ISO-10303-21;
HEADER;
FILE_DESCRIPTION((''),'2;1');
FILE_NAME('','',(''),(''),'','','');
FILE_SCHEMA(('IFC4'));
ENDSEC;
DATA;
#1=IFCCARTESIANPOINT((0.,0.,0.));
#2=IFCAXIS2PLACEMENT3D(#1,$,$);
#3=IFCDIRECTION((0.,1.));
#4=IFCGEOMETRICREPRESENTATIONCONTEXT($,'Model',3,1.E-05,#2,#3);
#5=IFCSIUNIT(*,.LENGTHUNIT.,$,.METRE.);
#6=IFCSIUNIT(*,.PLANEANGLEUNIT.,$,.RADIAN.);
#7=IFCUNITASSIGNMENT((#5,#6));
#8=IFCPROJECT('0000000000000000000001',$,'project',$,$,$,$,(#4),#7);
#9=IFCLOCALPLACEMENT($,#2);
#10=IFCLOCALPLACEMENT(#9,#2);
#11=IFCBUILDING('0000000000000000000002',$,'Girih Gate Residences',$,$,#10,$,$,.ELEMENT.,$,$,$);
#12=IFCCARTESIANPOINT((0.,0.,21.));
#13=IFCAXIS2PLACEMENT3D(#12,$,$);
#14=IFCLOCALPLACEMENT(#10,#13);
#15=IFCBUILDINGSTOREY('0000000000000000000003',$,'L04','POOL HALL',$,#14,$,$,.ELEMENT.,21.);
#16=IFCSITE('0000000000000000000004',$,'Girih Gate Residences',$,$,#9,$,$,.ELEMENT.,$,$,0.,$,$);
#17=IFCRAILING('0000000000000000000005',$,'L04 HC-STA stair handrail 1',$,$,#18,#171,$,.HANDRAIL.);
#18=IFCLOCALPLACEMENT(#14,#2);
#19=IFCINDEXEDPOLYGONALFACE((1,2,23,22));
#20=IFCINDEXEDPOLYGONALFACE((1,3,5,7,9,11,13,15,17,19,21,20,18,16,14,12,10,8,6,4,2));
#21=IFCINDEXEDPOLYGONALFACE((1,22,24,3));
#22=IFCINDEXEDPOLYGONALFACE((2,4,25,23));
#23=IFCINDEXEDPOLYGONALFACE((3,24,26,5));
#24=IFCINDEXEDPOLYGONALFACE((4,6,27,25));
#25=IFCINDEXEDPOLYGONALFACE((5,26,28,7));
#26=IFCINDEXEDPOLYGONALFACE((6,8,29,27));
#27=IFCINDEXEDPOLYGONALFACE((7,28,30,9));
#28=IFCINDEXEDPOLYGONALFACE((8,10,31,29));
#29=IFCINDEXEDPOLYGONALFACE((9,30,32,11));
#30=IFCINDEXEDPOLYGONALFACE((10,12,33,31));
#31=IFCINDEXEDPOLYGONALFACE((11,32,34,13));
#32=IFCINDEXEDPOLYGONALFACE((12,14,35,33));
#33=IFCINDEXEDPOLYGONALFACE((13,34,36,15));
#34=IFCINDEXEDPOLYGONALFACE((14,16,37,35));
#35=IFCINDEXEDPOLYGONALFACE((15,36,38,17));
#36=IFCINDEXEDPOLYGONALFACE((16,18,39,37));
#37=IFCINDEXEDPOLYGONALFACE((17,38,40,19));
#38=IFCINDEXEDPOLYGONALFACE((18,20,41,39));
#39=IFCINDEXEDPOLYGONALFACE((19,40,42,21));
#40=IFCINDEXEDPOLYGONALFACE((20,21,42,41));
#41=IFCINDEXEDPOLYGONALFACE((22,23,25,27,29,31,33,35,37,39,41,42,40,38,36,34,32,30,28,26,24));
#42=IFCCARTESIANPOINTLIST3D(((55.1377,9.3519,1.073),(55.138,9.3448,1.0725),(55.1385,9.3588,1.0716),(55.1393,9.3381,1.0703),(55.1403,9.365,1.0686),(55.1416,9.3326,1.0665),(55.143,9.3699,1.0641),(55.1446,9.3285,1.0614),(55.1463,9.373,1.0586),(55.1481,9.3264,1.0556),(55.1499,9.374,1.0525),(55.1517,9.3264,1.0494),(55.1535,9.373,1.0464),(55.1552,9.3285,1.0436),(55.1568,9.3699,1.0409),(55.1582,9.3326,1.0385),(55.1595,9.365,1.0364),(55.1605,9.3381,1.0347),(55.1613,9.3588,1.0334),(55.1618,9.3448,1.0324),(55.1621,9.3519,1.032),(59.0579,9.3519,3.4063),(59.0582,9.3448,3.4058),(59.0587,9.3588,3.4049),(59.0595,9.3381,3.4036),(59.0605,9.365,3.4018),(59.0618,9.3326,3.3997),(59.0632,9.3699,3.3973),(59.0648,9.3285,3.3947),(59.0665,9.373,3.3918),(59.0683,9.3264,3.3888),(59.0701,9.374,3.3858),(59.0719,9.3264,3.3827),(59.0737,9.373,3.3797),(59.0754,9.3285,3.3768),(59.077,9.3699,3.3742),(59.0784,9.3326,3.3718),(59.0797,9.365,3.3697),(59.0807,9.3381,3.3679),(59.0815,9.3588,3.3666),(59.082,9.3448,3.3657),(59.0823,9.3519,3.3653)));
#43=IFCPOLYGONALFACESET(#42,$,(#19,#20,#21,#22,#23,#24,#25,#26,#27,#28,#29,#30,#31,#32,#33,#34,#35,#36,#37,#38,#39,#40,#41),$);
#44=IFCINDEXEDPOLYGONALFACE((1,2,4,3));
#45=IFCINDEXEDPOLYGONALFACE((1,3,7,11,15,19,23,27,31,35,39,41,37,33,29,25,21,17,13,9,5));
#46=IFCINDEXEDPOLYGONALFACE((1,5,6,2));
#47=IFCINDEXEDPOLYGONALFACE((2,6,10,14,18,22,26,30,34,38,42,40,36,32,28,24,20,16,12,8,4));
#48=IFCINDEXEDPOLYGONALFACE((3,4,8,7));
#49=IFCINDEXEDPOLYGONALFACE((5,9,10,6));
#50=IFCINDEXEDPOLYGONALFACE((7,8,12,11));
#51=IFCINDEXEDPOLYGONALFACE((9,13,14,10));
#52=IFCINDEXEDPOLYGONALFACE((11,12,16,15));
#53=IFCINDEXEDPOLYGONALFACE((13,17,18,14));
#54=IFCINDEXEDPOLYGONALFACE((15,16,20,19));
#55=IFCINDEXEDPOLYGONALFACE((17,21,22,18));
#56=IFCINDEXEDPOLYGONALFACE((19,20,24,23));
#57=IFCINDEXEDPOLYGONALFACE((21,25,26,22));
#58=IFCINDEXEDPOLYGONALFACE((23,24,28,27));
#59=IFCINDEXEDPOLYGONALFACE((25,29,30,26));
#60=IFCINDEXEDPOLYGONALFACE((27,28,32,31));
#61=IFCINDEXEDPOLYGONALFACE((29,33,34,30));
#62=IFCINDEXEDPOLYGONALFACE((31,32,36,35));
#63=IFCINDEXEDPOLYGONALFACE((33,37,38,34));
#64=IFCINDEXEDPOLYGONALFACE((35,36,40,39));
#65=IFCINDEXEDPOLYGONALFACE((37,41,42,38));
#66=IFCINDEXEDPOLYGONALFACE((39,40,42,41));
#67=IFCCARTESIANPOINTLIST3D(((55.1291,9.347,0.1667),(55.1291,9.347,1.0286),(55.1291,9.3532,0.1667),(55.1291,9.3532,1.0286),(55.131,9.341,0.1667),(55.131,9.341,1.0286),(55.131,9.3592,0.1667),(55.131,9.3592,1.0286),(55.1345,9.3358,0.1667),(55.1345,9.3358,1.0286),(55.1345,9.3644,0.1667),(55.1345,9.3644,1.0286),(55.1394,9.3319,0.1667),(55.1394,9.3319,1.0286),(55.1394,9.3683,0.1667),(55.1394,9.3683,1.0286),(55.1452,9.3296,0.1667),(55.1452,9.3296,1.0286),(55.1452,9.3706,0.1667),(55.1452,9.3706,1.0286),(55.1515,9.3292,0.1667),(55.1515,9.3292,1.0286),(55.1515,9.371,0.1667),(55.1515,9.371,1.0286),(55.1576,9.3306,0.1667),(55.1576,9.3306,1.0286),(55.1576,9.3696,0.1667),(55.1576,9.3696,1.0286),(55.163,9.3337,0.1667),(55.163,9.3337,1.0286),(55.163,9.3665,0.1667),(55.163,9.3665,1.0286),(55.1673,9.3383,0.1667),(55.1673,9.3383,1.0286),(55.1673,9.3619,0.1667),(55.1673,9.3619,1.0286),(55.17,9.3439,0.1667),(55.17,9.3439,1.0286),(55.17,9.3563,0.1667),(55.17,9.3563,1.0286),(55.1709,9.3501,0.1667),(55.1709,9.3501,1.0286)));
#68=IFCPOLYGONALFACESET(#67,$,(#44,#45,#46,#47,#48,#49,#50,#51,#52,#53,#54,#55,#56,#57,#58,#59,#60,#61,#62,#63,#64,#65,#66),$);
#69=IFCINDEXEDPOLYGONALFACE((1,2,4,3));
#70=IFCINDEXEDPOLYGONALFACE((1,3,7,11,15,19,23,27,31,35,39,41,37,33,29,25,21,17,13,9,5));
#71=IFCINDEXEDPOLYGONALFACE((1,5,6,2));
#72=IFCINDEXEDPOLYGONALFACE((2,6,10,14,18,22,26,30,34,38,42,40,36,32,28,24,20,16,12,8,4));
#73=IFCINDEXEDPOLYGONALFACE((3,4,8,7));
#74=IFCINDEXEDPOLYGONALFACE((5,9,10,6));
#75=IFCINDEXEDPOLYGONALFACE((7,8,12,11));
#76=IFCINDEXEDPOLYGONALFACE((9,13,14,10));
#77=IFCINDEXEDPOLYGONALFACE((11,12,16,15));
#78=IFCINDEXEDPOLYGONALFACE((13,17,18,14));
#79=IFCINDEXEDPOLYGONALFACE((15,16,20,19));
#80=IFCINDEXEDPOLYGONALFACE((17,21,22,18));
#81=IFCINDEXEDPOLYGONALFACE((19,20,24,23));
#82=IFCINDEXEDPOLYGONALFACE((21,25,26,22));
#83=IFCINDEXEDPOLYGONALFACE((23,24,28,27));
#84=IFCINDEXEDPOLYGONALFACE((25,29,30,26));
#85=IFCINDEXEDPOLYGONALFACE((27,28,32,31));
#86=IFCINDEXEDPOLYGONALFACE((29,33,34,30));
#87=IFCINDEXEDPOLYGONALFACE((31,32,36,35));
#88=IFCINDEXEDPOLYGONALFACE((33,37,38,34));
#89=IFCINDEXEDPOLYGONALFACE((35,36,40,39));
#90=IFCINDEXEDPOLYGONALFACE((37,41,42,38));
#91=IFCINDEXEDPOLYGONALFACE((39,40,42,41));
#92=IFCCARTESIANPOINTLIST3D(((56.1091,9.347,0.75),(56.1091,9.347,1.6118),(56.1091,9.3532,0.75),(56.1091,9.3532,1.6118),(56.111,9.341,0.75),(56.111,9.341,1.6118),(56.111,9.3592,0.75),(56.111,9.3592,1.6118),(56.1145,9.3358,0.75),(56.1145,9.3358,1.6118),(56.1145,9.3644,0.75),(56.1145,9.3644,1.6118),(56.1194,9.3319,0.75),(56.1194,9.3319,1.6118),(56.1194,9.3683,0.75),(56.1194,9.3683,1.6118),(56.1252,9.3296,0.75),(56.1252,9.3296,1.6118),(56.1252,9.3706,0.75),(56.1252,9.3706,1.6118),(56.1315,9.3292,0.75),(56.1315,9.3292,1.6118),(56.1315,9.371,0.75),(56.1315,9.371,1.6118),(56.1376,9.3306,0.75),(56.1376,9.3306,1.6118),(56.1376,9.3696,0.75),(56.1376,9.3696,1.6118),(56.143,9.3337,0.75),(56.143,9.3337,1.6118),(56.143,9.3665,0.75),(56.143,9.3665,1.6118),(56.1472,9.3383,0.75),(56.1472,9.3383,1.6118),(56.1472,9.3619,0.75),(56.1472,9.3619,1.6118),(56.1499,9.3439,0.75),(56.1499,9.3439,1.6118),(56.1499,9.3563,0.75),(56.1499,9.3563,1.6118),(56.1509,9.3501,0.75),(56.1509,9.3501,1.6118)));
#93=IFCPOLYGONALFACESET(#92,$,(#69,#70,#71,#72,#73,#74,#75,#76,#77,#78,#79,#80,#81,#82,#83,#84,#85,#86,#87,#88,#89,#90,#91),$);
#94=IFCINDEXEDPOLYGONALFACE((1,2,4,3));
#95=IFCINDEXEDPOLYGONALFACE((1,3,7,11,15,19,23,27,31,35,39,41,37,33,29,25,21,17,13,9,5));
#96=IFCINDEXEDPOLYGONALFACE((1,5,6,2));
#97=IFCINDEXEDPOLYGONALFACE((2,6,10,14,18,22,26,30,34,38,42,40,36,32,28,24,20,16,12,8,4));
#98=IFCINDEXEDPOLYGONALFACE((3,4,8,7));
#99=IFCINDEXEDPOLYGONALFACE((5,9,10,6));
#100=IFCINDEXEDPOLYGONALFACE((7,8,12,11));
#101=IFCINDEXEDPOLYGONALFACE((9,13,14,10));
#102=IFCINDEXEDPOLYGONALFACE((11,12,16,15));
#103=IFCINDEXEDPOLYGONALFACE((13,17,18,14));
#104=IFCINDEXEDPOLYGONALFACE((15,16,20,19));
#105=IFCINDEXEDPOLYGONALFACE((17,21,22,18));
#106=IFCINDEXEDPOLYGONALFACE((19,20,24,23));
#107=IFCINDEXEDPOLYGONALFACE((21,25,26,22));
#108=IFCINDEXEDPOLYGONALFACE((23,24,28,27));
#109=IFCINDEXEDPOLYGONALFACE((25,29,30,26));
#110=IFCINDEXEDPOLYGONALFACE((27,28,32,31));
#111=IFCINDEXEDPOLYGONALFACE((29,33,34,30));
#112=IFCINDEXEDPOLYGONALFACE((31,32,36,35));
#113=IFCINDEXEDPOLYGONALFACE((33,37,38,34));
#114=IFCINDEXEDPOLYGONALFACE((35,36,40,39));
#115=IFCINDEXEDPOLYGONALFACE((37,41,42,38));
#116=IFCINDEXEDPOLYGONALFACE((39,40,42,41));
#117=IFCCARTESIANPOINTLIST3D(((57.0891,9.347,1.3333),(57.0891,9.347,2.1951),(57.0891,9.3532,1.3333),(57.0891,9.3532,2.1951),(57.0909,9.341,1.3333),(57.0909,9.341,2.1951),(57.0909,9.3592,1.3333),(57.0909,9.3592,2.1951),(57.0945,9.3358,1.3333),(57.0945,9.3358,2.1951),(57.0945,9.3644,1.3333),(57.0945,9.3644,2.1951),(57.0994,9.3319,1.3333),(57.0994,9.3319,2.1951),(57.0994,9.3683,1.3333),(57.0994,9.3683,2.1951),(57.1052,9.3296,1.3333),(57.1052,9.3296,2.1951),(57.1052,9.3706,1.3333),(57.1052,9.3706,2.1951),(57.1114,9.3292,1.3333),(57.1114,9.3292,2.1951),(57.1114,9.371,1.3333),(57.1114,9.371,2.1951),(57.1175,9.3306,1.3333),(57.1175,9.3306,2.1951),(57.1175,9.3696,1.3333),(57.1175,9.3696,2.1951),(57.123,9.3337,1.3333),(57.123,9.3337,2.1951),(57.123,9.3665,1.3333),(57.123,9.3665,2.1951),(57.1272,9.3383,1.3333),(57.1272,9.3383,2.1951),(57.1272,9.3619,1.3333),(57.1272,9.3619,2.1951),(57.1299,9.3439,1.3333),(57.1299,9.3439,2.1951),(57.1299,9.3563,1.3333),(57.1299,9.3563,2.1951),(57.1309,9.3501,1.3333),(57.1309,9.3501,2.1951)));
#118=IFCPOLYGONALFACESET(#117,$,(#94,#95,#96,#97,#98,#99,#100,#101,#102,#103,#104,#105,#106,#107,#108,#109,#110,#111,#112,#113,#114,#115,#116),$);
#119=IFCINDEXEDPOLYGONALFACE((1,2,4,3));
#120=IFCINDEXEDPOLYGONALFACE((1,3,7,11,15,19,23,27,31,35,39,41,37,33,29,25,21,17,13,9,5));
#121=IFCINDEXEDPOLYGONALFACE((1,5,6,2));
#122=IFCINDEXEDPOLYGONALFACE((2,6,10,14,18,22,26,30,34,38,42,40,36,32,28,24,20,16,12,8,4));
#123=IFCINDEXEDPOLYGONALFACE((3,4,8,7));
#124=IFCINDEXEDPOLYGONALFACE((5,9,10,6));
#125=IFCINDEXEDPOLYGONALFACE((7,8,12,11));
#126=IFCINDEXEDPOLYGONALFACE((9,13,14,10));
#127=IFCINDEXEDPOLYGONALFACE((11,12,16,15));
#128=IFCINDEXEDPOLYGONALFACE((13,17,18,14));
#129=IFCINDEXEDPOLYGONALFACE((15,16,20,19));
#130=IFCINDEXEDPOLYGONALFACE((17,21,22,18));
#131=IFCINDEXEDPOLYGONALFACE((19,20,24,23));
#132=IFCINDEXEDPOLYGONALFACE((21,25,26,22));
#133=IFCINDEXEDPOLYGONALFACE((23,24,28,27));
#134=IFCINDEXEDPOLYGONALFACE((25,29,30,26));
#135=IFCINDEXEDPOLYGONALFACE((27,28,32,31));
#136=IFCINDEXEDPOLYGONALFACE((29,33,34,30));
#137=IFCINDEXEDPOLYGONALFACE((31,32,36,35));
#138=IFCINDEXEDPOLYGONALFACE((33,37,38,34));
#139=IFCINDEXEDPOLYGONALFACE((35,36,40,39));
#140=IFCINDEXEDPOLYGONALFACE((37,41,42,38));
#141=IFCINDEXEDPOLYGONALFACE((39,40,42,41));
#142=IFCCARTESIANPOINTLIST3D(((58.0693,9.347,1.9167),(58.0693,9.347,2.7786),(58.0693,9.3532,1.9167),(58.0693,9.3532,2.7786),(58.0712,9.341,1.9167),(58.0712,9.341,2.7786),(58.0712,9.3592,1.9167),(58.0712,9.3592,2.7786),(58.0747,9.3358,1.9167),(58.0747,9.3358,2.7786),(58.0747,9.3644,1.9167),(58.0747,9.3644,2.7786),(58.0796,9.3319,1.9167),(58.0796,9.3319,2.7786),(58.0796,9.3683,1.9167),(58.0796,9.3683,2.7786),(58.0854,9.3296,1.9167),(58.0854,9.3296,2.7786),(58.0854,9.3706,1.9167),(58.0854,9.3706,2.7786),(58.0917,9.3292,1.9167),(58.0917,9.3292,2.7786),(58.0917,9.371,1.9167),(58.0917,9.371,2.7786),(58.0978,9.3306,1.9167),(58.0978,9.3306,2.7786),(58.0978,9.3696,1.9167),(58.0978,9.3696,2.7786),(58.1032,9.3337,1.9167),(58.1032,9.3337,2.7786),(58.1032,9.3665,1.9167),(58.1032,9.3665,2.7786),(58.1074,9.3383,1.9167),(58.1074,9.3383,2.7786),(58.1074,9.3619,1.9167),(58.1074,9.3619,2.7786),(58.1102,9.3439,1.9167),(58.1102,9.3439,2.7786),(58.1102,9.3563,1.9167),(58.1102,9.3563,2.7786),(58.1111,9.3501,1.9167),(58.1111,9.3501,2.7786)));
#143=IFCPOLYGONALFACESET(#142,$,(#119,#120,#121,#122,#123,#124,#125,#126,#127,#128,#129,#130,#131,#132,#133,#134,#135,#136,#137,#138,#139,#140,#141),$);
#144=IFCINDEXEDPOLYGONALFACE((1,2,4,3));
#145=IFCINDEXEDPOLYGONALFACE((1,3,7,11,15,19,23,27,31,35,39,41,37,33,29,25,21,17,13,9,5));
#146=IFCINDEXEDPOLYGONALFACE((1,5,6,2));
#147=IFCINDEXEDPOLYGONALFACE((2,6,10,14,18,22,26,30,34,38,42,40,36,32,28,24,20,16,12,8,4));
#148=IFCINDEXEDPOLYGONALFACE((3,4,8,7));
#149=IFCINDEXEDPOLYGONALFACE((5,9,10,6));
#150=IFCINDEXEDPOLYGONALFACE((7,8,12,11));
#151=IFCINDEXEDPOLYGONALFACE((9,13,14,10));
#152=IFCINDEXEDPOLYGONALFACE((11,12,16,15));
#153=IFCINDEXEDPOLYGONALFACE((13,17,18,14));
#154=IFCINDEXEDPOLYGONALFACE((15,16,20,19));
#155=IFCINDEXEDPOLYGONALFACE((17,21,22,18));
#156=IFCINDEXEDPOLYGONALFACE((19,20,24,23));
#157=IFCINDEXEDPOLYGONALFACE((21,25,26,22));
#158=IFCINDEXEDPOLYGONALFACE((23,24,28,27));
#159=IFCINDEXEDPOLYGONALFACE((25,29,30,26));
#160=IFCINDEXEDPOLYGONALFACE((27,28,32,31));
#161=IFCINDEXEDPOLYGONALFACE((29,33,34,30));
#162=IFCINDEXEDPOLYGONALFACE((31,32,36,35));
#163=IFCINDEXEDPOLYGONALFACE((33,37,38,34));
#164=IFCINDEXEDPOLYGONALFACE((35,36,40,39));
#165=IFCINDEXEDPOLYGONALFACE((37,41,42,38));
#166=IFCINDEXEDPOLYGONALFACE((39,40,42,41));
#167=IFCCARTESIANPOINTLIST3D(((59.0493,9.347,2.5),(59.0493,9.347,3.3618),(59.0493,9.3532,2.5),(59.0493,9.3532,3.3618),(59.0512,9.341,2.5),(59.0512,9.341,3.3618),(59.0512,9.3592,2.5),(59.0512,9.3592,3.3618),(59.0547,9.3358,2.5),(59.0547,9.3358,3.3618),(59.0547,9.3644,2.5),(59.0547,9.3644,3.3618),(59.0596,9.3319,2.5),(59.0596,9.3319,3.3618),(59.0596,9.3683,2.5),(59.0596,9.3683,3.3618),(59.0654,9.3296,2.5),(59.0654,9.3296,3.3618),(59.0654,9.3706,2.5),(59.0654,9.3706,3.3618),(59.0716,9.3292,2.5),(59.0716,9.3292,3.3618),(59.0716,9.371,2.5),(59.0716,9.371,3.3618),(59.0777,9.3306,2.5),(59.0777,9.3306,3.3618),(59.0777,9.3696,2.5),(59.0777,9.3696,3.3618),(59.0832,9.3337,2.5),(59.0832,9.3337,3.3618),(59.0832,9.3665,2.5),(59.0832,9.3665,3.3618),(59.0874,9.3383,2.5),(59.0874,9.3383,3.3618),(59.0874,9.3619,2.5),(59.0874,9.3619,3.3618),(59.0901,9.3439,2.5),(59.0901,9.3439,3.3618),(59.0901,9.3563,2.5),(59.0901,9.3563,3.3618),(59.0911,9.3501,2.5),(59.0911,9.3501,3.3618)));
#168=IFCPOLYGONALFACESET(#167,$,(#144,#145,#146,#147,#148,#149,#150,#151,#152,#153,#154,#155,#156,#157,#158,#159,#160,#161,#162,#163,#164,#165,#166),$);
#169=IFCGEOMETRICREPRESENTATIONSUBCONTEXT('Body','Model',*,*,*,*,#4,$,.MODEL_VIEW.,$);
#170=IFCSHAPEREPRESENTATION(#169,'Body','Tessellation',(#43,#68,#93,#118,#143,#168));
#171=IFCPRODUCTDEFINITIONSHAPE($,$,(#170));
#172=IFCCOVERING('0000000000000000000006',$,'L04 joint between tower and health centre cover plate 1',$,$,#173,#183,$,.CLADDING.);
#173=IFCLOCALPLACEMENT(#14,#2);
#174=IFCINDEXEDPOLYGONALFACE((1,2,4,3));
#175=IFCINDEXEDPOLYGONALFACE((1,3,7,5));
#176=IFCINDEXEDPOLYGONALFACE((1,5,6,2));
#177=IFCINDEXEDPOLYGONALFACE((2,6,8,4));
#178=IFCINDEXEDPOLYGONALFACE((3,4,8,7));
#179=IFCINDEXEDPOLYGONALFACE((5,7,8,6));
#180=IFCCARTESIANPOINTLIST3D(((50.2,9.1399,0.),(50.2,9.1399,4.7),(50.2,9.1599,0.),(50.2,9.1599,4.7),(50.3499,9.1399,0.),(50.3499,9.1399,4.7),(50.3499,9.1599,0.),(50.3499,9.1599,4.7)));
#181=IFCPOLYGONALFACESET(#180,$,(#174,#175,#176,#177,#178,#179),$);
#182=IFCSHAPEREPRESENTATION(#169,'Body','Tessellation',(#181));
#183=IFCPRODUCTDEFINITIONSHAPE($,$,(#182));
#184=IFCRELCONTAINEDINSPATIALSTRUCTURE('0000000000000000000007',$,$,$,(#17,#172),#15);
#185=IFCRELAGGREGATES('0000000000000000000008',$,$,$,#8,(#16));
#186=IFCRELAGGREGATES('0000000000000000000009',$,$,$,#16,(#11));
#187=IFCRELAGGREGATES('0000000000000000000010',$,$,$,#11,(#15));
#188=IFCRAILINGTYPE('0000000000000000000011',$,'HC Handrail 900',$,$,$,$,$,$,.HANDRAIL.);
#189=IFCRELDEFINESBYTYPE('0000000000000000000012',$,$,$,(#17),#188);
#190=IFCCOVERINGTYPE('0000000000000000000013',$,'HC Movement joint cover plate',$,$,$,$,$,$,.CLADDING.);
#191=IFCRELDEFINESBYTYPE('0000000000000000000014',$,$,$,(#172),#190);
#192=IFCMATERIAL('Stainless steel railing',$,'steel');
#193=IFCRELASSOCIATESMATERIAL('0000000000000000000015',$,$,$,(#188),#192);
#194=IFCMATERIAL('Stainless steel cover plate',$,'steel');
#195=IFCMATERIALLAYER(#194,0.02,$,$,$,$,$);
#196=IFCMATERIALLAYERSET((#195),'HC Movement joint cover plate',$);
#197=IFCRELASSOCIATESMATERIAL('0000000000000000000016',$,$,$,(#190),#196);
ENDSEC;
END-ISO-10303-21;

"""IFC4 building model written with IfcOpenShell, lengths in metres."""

from ifc_helpers import new_model, si_unit, direction, frame, origin, origin_2d, place, context, subcontext, project, spatial, rectangle, circle, extrude, material, layer, layer_set, type_object, element, save


model = new_model("IFC4")

# Units and contexts
model_context = context("Model", 3, precision=1e-05, world=origin(), true_north=direction((0.0, 1.0)))
body_context = subcontext(model_context, "Body", "Model", "MODEL_VIEW")
ifc_project = project(units=[si_unit("LENGTHUNIT", "METRE"), si_unit("PLANEANGLEUNIT", "RADIAN")], contexts=[model_context])

# Site, building, storey
site_placement = place(None, origin())
site = spatial("IfcSite", under=ifc_project, at=site_placement, Name="Girih Gate Residences", CompositionType="ELEMENT", RefElevation=0.0)
building_placement = place(site_placement, origin())
building = spatial("IfcBuilding", under=site, at=building_placement, Name="Girih Gate Residences", CompositionType="ELEMENT")
storey_placement = place(building_placement, frame((0.0, 0.0, 21.0)))
storey = spatial("IfcBuildingStorey", under=building, at=storey_placement, Name="L04", Description="POOL HALL", CompositionType="ELEMENT", Elevation=21.0)

# Railing
ifc_material_1 = material(Name="Stainless steel railing", Category="steel")
railing_type_1 = type_object("IfcRailingType", Name="HC Handrail 900", PredefinedType="HANDRAIL", material=ifc_material_1)
railing_1_placement = place(storey_placement, frame((55.1499, 9.3501, 0.1667)))
element("IfcRailing", 1, at=railing_1_placement, inside=storey, type_object=railing_type_1, Name="L04 HC-STA stair handrail 1", PredefinedType="HANDRAIL", context=body_context, shape_type="SweptSolid", body=[
    extrude(circle(Radius=0.0239, at=origin_2d()), frame((0.0, 0.0, 0.8857), z_axis=(0.85931, 0.0, 0.511455), x_axis=(0.0, 1.0, 0.0)), (0.0, 0.0, 1.0), 4.562),
    extrude(circle(Radius=0.021, at=origin_2d()), origin(), (0.0, 0.0, 1.0), 0.8618),
    extrude(circle(Radius=0.021, at=origin_2d()), frame((0.98, 0.0, 0.5833)), (0.0, 0.0, 1.0), 0.8618),
    extrude(circle(Radius=0.021, at=origin_2d()), frame((1.96, 0.0, 1.1665)), (0.0, 0.0, 1.0), 0.8618),
    extrude(circle(Radius=0.021, at=origin_2d()), frame((2.9402, 0.0, 1.75)), (0.0, 0.0, 1.0), 0.8618),
    extrude(circle(Radius=0.021, at=origin_2d()), frame((3.9202, 0.0, 2.3333)), (0.0, 0.0, 1.0), 0.8618),
])

# Covering
ifc_material_2 = material(Name="Stainless steel cover plate", Category="steel")
ifc_layer_1 = layer(ifc_material_2, 0.02)
ifc_layer_set_1 = layer_set([ifc_layer_1], Name="HC Movement joint cover plate")
covering_type = type_object("IfcCoveringType", Name="HC Movement joint cover plate", PredefinedType="CLADDING", material=ifc_layer_set_1)
covering_placement = place(storey_placement, frame((50.2749, 9.1499, 0.0), z_axis=(0.0, 0.0, 1.0), x_axis=(1.0, 0.0, 0.0)))
element("IfcCovering", 2, at=covering_placement, inside=storey, type_object=covering_type, Name="L04 joint between tower and health centre cover plate 1", PredefinedType="CLADDING", context=body_context, shape_type="SweptSolid", body=[
    extrude(rectangle(XDim=0.1499, YDim=0.02, at=origin_2d()), origin(), (0.0, 0.0, 1.0), 4.7),
])

save(model, "model.ifc")
